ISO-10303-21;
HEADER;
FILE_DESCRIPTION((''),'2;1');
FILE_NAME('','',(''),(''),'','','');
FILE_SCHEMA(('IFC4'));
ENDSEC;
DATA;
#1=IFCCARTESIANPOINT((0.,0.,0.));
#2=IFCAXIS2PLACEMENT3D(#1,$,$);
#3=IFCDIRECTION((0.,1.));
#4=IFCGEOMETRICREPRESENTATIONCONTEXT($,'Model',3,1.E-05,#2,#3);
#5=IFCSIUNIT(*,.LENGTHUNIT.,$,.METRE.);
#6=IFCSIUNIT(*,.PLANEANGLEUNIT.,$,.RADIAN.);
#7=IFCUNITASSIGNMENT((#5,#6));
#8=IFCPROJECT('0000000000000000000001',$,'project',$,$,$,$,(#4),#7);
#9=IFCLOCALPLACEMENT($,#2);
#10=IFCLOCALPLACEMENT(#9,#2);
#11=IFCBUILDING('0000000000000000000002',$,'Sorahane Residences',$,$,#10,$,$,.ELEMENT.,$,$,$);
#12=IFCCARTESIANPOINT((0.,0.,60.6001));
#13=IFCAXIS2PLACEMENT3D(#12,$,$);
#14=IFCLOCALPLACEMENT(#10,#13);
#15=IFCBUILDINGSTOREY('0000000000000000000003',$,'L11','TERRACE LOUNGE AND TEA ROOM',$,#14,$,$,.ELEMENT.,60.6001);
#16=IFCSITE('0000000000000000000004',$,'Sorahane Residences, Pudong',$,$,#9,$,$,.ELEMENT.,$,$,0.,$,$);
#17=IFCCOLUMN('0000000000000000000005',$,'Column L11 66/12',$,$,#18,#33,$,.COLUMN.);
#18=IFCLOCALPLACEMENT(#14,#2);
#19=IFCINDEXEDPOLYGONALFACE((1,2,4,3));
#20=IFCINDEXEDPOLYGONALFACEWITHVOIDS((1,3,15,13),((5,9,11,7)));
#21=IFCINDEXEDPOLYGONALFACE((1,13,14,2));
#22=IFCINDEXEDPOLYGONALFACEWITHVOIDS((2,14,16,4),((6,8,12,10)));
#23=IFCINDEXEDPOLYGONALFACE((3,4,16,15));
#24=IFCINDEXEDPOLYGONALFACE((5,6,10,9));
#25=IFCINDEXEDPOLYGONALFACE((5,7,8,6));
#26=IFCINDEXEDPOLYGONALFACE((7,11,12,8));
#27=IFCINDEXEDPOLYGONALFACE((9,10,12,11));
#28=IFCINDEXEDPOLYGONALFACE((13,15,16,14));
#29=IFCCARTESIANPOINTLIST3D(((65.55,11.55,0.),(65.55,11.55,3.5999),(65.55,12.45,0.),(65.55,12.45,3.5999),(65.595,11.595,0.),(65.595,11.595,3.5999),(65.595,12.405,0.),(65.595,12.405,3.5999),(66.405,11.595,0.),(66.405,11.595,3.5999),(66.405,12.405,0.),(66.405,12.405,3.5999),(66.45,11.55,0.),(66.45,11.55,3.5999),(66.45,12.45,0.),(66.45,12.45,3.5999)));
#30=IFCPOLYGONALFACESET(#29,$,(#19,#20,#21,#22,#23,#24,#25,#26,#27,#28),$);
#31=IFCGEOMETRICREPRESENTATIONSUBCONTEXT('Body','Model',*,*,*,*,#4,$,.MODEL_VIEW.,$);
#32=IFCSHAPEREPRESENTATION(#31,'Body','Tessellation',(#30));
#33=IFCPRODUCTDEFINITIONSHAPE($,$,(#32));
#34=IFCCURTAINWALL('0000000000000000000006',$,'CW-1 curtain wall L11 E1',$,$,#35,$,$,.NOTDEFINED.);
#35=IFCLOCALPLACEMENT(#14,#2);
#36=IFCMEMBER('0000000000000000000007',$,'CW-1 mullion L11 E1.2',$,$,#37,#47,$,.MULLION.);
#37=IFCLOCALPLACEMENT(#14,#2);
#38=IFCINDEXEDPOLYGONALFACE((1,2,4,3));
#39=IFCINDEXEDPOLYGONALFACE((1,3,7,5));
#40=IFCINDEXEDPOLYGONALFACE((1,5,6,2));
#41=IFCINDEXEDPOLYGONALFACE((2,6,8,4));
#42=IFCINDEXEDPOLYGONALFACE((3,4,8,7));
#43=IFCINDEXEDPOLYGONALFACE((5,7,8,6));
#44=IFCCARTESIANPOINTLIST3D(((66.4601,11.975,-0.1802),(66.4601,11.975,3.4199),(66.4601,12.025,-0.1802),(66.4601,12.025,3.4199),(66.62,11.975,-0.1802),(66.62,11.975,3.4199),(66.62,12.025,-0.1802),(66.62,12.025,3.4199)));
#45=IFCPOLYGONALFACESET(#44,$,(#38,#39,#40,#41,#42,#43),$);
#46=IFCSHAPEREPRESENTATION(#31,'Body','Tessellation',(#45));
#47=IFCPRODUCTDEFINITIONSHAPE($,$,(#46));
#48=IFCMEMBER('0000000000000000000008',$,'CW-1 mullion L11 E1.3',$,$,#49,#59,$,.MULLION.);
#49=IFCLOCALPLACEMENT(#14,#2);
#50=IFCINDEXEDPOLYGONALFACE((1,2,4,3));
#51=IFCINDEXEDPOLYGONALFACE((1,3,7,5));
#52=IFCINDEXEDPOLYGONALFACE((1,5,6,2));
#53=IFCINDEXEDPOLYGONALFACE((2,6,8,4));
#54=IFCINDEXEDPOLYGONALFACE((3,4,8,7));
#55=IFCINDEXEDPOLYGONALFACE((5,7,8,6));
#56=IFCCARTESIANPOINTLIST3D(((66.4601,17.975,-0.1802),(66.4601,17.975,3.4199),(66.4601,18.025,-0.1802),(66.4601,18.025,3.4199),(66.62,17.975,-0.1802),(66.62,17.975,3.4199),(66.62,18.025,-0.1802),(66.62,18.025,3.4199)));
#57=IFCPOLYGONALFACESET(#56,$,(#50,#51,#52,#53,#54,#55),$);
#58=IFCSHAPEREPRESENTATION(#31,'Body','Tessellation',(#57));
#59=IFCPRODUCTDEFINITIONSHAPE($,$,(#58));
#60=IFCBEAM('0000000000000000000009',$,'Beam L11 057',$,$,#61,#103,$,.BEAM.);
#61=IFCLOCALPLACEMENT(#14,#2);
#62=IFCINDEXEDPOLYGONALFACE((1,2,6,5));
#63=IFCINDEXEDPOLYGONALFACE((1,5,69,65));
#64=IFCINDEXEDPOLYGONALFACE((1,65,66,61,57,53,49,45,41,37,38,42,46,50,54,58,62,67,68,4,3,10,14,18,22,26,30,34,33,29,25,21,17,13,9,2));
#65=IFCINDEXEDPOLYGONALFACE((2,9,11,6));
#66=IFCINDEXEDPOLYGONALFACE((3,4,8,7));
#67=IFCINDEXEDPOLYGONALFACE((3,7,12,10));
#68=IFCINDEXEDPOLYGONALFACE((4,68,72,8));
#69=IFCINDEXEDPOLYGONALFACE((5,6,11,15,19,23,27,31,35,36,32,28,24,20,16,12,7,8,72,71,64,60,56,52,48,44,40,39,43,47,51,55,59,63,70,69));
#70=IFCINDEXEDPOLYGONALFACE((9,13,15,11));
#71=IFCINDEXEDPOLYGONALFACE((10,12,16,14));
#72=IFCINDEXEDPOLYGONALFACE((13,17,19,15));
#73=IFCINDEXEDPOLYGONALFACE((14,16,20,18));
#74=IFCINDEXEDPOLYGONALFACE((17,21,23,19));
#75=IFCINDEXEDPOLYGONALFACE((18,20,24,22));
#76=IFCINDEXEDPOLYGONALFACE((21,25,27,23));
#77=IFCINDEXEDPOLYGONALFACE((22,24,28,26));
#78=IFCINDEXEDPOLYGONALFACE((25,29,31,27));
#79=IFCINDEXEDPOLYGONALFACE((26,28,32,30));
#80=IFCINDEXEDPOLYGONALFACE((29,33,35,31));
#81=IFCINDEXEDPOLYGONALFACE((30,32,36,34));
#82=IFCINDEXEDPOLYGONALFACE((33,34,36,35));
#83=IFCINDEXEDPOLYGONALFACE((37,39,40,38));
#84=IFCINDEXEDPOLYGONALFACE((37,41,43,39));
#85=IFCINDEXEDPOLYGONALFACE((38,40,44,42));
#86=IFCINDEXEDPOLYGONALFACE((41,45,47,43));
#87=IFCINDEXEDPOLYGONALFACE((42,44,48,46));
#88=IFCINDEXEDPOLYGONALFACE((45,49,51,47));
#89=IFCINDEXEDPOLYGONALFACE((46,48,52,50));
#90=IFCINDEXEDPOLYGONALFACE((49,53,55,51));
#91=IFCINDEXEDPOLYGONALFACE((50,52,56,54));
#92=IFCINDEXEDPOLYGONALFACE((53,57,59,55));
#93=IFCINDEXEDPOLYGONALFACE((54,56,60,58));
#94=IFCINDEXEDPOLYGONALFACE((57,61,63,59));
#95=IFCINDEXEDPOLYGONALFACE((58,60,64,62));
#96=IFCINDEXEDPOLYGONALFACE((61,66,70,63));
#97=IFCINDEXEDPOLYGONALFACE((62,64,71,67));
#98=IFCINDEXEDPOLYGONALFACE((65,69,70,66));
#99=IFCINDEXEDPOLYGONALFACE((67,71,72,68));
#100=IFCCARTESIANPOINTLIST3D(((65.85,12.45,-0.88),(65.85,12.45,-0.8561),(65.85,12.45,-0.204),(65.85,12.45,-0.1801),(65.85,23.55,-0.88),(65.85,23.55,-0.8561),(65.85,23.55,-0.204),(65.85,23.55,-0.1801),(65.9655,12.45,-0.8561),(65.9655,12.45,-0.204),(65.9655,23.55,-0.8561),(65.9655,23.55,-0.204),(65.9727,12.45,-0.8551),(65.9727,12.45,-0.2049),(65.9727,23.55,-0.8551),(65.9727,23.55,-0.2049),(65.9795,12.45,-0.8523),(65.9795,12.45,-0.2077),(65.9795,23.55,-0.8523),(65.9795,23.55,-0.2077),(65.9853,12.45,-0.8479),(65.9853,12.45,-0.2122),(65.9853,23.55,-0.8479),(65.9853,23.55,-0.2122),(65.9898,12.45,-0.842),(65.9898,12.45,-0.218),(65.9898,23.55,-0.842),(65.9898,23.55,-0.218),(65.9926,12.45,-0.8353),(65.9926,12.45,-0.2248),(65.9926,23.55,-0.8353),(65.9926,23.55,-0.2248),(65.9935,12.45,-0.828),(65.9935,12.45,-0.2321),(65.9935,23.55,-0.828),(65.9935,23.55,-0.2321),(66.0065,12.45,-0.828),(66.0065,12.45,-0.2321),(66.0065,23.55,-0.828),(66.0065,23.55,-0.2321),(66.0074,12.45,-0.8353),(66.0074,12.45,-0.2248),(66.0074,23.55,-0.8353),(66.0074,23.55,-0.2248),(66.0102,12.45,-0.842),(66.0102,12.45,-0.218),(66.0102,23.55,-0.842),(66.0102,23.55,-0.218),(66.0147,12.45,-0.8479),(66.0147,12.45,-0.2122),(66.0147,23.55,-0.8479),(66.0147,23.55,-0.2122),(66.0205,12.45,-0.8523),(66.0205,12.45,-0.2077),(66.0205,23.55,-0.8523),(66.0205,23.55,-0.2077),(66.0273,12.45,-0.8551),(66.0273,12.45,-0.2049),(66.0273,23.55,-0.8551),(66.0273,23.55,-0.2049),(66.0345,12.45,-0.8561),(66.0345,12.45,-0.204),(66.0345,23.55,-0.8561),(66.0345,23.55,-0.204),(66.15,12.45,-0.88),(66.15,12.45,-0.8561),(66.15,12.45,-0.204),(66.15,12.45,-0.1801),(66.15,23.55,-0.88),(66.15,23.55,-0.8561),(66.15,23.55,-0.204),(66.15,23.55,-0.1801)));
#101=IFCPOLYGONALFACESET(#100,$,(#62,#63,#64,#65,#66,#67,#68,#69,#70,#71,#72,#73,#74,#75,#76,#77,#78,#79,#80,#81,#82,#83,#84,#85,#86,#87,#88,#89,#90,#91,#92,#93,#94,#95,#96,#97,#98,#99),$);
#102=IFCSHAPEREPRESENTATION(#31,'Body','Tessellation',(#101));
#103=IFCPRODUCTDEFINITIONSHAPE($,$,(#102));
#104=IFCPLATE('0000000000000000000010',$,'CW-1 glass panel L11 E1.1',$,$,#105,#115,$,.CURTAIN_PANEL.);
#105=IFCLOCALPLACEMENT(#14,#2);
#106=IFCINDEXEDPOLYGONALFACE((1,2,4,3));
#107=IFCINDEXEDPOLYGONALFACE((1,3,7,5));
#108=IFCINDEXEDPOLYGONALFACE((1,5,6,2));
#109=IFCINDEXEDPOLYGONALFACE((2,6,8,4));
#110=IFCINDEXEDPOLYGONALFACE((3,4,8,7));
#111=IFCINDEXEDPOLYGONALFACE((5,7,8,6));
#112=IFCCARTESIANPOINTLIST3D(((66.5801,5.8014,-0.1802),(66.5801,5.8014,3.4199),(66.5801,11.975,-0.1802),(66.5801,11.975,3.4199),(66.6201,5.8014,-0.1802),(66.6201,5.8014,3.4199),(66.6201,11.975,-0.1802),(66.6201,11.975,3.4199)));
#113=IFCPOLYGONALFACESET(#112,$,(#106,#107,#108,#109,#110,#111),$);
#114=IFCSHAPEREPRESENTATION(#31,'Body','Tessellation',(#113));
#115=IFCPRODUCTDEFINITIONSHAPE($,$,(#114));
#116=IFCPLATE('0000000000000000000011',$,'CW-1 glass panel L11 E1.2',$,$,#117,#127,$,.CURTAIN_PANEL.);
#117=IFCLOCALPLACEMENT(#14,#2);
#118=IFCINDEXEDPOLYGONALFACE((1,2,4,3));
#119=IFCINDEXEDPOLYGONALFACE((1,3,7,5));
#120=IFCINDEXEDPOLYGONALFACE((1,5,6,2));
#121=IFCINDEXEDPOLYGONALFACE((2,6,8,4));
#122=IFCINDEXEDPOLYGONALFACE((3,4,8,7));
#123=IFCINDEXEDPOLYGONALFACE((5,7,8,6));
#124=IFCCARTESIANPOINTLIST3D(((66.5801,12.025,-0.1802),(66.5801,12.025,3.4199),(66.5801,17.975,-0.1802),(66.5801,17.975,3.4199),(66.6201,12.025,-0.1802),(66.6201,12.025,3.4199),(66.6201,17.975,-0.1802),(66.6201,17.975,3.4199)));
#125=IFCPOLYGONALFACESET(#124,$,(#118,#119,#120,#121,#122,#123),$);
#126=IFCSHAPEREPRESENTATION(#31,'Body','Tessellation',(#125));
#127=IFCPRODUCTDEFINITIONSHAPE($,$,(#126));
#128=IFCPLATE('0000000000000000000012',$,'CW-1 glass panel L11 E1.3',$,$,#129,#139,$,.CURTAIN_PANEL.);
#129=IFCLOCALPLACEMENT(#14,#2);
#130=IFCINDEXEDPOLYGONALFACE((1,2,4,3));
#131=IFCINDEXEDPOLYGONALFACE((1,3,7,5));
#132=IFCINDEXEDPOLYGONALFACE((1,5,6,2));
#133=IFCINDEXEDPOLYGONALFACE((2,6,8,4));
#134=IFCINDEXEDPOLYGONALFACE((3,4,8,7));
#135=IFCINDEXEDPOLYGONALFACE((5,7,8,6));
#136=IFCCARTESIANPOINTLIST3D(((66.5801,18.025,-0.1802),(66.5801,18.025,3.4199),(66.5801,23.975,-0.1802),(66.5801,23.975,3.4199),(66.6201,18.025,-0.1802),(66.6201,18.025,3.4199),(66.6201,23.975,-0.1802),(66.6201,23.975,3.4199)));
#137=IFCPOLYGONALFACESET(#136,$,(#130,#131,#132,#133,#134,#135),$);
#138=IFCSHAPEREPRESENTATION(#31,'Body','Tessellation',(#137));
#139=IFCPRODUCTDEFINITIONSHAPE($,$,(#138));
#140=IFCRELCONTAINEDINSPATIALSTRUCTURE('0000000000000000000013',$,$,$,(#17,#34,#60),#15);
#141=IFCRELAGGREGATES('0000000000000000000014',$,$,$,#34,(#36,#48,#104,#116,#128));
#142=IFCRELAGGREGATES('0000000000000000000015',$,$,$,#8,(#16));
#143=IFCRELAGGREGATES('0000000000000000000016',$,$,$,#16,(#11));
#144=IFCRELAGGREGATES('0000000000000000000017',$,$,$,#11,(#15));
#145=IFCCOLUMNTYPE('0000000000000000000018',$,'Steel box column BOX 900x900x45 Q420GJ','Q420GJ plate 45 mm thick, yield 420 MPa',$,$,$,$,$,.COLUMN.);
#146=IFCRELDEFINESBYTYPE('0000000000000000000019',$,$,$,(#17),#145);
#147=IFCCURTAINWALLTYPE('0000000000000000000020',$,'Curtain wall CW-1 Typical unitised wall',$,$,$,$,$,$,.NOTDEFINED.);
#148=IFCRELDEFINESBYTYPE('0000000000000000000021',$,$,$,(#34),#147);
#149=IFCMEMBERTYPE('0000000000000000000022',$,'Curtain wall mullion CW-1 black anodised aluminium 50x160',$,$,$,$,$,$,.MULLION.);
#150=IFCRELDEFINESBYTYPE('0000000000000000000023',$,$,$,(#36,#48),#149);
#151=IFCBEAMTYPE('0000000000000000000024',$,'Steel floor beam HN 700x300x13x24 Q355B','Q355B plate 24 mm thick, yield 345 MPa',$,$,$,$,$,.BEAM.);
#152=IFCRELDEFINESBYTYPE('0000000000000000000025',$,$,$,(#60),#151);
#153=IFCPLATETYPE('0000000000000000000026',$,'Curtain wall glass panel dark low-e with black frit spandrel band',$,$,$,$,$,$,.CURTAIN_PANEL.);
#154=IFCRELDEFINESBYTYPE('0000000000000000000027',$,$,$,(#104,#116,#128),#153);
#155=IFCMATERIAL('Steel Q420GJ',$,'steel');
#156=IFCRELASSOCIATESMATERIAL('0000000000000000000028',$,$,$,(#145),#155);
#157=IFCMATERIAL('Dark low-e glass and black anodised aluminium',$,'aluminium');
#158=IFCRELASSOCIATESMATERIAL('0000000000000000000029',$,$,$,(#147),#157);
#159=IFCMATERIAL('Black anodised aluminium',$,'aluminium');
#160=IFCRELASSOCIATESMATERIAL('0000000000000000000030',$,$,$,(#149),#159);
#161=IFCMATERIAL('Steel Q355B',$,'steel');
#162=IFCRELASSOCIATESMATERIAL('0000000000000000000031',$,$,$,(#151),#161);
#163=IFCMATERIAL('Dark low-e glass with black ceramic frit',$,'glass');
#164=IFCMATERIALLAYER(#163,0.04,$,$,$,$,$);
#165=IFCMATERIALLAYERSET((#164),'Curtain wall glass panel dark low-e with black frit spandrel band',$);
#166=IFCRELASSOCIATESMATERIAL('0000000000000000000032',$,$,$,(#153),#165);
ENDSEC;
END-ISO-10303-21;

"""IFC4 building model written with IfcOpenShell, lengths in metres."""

from ifc_helpers import new_model, si_unit, direction, frame, origin, origin_2d, place, context, subcontext, project, spatial, rectangle, hollow_rectangle, i_section, extrude, material, layer, layer_set, material_profile, profile_set, type_object, element, aggregate, save


model = new_model("IFC4")

# Units and contexts
model_context = context("Model", 3, precision=1e-05, world=origin(), true_north=direction((0.0, 1.0)))
body_context = subcontext(model_context, "Body", "Model", "MODEL_VIEW")
ifc_project = project(units=[si_unit("LENGTHUNIT", "METRE"), si_unit("PLANEANGLEUNIT", "RADIAN")], contexts=[model_context])

# Site, building, storey
site_placement = place(None, origin())
site = spatial("IfcSite", under=ifc_project, at=site_placement, Name="Sorahane Residences, Pudong", CompositionType="ELEMENT", RefElevation=0.0)
building_placement = place(site_placement, origin())
building = spatial("IfcBuilding", under=site, at=building_placement, Name="Sorahane Residences", CompositionType="ELEMENT")
storey_placement = place(building_placement, frame((0.0, 0.0, 60.6001)))
storey = spatial("IfcBuildingStorey", under=building, at=storey_placement, Name="L11", Description="TERRACE LOUNGE AND TEA ROOM", CompositionType="ELEMENT", Elevation=60.6001)

# Column
ifc_material_1 = material(Name="Steel Q420GJ", Category="steel")
ifc_material_profile_1 = material_profile(ifc_material_1, hollow_rectangle(XDim=0.8999, YDim=0.8999, WallThickness=0.0449, at=origin_2d()), Name="BOX 900x900x45")
ifc_profile_set_1 = profile_set([ifc_material_profile_1], Name="Steel Q420GJ")
column_type = type_object("IfcColumnType", Name="Steel box column BOX 900x900x45 Q420GJ", Description="Q420GJ plate 45 mm thick, yield 420 MPa", PredefinedType="COLUMN", material=ifc_profile_set_1)
column_placement = place(storey_placement, frame((66.0, 12.0, 0.0), z_axis=(0.0, 0.0, 1.0), x_axis=(1.0, 0.0, 0.0)))
element("IfcColumn", 1, at=column_placement, inside=storey, type_object=column_type, Name="Column L11 66/12", PredefinedType="COLUMN", context=body_context, shape_type="SweptSolid", body=[
    extrude(hollow_rectangle(XDim=0.8999, YDim=0.8999, WallThickness=0.0449, at=origin_2d()), origin(), (0.0, 0.0, 1.0), 3.5999),
])

# Curtain wall, members
ifc_material_2 = material(Name="Dark low-e glass and black anodised aluminium", Category="aluminium")
curtain_wall_type = type_object("IfcCurtainWallType", Name="Curtain wall CW-1 Typical unitised wall", PredefinedType="NOTDEFINED", material=ifc_material_2)
curtain_wall_placement = place(storey_placement, origin())
curtain_wall = element("IfcCurtainWall", 2, at=curtain_wall_placement, inside=storey, type_object=curtain_wall_type, Name="CW-1 curtain wall L11 E1", PredefinedType="NOTDEFINED")
ifc_material_3 = material(Name="Black anodised aluminium", Category="aluminium")
ifc_material_profile_2 = material_profile(ifc_material_3, rectangle(XDim=0.1599, YDim=0.05, at=origin_2d()), Name="Curtain wall mullion CW-1 black anodised aluminium 50x160")
ifc_profile_set_2 = profile_set([ifc_material_profile_2], Name="Black anodised aluminium")
member_type = type_object("IfcMemberType", Name="Curtain wall mullion CW-1 black anodised aluminium 50x160", PredefinedType="MULLION", material=ifc_profile_set_2)
member_1_placement = place(storey_placement, frame((66.54, 12.0, -0.1802), z_axis=(0.0, 0.0, 1.0), x_axis=(1.0, 0.0, 0.0)))
member_1 = element("IfcMember", 3, at=member_1_placement, type_object=member_type, Name="CW-1 mullion L11 E1.2", PredefinedType="MULLION", context=body_context, shape_type="SweptSolid", body=[
    extrude(rectangle(XDim=0.1599, YDim=0.05, at=origin_2d()), origin(), (0.0, 0.0, 1.0), 3.6001),
])
member_2_placement = place(storey_placement, frame((66.54, 18.0, -0.1802), z_axis=(0.0, 0.0, 1.0), x_axis=(1.0, 0.0, 0.0)))
member_2 = element("IfcMember", 4, at=member_2_placement, type_object=member_type, Name="CW-1 mullion L11 E1.3", PredefinedType="MULLION", context=body_context, shape_type="SweptSolid", body=[
    extrude(rectangle(XDim=0.1599, YDim=0.05, at=origin_2d()), origin(), (0.0, 0.0, 1.0), 3.6001),
])

# Beam
ifc_material_4 = material(Name="Steel Q355B", Category="steel")
ifc_material_profile_3 = material_profile(ifc_material_4, i_section(OverallWidth=0.3, OverallDepth=0.7, WebThickness=0.0129, FlangeThickness=0.0239, FilletRadius=0.0281, at=origin_2d()), Name="HN 700x300x13x24")
ifc_profile_set_3 = profile_set([ifc_material_profile_3], Name="Steel Q355B")
beam_type = type_object("IfcBeamType", Name="Steel floor beam HN 700x300x13x24 Q355B", Description="Q355B plate 24 mm thick, yield 345 MPa", PredefinedType="BEAM", material=ifc_profile_set_3)
beam_placement = place(storey_placement, frame((66.0, 12.45, -0.53), z_axis=(0.0, 1.0, 0.0), x_axis=(-1.0, 0.0, 0.0)))
element("IfcBeam", 5, at=beam_placement, inside=storey, type_object=beam_type, Name="Beam L11 057", PredefinedType="BEAM", context=body_context, shape_type="SweptSolid", body=[
    extrude(i_section(OverallWidth=0.3, OverallDepth=0.7, WebThickness=0.0129, FlangeThickness=0.0239, FilletRadius=0.0281, at=origin_2d()), origin(), (0.0, 0.0, 1.0), 11.1001),
])

# Plates
ifc_material_5 = material(Name="Dark low-e glass with black ceramic frit", Category="glass")
ifc_layer_1 = layer(ifc_material_5, 0.04)
ifc_layer_set_1 = layer_set([ifc_layer_1], Name="Curtain wall glass panel dark low-e with black frit spandrel band")
plate_type = type_object("IfcPlateType", Name="Curtain wall glass panel dark low-e with black frit spandrel band", PredefinedType="CURTAIN_PANEL", material=ifc_layer_set_1)
plate_1_placement = place(storey_placement, frame((66.6001, 8.8882, -0.1802), z_axis=(0.0, 0.0, 1.0), x_axis=(0.0, 1.0, 0.0)))
plate_1 = element("IfcPlate", 6, at=plate_1_placement, type_object=plate_type, Name="CW-1 glass panel L11 E1.1", PredefinedType="CURTAIN_PANEL", context=body_context, shape_type="SweptSolid", body=[
    extrude(rectangle(XDim=6.1736, YDim=0.04, at=origin_2d()), origin(), (0.0, 0.0, 1.0), 3.6001),
])
plate_2_placement = place(storey_placement, frame((66.6001, 15.0, -0.1802), z_axis=(0.0, 0.0, 1.0), x_axis=(0.0, 1.0, 0.0)))
plate_2 = element("IfcPlate", 7, at=plate_2_placement, type_object=plate_type, Name="CW-1 glass panel L11 E1.2", PredefinedType="CURTAIN_PANEL", context=body_context, shape_type="SweptSolid", body=[
    extrude(rectangle(XDim=5.95, YDim=0.04, at=origin_2d()), origin(), (0.0, 0.0, 1.0), 3.6001),
])
plate_3_placement = place(storey_placement, frame((66.6001, 21.0, -0.1802), z_axis=(0.0, 0.0, 1.0), x_axis=(0.0, 1.0, 0.0)))
plate_3 = element("IfcPlate", 8, at=plate_3_placement, type_object=plate_type, Name="CW-1 glass panel L11 E1.3", PredefinedType="CURTAIN_PANEL", context=body_context, shape_type="SweptSolid", body=[
    extrude(rectangle(XDim=5.95, YDim=0.04, at=origin_2d()), origin(), (0.0, 0.0, 1.0), 3.6001),
])
aggregate(curtain_wall, [member_1, member_2, plate_1, plate_2, plate_3])

save(model, "model.ifc")
